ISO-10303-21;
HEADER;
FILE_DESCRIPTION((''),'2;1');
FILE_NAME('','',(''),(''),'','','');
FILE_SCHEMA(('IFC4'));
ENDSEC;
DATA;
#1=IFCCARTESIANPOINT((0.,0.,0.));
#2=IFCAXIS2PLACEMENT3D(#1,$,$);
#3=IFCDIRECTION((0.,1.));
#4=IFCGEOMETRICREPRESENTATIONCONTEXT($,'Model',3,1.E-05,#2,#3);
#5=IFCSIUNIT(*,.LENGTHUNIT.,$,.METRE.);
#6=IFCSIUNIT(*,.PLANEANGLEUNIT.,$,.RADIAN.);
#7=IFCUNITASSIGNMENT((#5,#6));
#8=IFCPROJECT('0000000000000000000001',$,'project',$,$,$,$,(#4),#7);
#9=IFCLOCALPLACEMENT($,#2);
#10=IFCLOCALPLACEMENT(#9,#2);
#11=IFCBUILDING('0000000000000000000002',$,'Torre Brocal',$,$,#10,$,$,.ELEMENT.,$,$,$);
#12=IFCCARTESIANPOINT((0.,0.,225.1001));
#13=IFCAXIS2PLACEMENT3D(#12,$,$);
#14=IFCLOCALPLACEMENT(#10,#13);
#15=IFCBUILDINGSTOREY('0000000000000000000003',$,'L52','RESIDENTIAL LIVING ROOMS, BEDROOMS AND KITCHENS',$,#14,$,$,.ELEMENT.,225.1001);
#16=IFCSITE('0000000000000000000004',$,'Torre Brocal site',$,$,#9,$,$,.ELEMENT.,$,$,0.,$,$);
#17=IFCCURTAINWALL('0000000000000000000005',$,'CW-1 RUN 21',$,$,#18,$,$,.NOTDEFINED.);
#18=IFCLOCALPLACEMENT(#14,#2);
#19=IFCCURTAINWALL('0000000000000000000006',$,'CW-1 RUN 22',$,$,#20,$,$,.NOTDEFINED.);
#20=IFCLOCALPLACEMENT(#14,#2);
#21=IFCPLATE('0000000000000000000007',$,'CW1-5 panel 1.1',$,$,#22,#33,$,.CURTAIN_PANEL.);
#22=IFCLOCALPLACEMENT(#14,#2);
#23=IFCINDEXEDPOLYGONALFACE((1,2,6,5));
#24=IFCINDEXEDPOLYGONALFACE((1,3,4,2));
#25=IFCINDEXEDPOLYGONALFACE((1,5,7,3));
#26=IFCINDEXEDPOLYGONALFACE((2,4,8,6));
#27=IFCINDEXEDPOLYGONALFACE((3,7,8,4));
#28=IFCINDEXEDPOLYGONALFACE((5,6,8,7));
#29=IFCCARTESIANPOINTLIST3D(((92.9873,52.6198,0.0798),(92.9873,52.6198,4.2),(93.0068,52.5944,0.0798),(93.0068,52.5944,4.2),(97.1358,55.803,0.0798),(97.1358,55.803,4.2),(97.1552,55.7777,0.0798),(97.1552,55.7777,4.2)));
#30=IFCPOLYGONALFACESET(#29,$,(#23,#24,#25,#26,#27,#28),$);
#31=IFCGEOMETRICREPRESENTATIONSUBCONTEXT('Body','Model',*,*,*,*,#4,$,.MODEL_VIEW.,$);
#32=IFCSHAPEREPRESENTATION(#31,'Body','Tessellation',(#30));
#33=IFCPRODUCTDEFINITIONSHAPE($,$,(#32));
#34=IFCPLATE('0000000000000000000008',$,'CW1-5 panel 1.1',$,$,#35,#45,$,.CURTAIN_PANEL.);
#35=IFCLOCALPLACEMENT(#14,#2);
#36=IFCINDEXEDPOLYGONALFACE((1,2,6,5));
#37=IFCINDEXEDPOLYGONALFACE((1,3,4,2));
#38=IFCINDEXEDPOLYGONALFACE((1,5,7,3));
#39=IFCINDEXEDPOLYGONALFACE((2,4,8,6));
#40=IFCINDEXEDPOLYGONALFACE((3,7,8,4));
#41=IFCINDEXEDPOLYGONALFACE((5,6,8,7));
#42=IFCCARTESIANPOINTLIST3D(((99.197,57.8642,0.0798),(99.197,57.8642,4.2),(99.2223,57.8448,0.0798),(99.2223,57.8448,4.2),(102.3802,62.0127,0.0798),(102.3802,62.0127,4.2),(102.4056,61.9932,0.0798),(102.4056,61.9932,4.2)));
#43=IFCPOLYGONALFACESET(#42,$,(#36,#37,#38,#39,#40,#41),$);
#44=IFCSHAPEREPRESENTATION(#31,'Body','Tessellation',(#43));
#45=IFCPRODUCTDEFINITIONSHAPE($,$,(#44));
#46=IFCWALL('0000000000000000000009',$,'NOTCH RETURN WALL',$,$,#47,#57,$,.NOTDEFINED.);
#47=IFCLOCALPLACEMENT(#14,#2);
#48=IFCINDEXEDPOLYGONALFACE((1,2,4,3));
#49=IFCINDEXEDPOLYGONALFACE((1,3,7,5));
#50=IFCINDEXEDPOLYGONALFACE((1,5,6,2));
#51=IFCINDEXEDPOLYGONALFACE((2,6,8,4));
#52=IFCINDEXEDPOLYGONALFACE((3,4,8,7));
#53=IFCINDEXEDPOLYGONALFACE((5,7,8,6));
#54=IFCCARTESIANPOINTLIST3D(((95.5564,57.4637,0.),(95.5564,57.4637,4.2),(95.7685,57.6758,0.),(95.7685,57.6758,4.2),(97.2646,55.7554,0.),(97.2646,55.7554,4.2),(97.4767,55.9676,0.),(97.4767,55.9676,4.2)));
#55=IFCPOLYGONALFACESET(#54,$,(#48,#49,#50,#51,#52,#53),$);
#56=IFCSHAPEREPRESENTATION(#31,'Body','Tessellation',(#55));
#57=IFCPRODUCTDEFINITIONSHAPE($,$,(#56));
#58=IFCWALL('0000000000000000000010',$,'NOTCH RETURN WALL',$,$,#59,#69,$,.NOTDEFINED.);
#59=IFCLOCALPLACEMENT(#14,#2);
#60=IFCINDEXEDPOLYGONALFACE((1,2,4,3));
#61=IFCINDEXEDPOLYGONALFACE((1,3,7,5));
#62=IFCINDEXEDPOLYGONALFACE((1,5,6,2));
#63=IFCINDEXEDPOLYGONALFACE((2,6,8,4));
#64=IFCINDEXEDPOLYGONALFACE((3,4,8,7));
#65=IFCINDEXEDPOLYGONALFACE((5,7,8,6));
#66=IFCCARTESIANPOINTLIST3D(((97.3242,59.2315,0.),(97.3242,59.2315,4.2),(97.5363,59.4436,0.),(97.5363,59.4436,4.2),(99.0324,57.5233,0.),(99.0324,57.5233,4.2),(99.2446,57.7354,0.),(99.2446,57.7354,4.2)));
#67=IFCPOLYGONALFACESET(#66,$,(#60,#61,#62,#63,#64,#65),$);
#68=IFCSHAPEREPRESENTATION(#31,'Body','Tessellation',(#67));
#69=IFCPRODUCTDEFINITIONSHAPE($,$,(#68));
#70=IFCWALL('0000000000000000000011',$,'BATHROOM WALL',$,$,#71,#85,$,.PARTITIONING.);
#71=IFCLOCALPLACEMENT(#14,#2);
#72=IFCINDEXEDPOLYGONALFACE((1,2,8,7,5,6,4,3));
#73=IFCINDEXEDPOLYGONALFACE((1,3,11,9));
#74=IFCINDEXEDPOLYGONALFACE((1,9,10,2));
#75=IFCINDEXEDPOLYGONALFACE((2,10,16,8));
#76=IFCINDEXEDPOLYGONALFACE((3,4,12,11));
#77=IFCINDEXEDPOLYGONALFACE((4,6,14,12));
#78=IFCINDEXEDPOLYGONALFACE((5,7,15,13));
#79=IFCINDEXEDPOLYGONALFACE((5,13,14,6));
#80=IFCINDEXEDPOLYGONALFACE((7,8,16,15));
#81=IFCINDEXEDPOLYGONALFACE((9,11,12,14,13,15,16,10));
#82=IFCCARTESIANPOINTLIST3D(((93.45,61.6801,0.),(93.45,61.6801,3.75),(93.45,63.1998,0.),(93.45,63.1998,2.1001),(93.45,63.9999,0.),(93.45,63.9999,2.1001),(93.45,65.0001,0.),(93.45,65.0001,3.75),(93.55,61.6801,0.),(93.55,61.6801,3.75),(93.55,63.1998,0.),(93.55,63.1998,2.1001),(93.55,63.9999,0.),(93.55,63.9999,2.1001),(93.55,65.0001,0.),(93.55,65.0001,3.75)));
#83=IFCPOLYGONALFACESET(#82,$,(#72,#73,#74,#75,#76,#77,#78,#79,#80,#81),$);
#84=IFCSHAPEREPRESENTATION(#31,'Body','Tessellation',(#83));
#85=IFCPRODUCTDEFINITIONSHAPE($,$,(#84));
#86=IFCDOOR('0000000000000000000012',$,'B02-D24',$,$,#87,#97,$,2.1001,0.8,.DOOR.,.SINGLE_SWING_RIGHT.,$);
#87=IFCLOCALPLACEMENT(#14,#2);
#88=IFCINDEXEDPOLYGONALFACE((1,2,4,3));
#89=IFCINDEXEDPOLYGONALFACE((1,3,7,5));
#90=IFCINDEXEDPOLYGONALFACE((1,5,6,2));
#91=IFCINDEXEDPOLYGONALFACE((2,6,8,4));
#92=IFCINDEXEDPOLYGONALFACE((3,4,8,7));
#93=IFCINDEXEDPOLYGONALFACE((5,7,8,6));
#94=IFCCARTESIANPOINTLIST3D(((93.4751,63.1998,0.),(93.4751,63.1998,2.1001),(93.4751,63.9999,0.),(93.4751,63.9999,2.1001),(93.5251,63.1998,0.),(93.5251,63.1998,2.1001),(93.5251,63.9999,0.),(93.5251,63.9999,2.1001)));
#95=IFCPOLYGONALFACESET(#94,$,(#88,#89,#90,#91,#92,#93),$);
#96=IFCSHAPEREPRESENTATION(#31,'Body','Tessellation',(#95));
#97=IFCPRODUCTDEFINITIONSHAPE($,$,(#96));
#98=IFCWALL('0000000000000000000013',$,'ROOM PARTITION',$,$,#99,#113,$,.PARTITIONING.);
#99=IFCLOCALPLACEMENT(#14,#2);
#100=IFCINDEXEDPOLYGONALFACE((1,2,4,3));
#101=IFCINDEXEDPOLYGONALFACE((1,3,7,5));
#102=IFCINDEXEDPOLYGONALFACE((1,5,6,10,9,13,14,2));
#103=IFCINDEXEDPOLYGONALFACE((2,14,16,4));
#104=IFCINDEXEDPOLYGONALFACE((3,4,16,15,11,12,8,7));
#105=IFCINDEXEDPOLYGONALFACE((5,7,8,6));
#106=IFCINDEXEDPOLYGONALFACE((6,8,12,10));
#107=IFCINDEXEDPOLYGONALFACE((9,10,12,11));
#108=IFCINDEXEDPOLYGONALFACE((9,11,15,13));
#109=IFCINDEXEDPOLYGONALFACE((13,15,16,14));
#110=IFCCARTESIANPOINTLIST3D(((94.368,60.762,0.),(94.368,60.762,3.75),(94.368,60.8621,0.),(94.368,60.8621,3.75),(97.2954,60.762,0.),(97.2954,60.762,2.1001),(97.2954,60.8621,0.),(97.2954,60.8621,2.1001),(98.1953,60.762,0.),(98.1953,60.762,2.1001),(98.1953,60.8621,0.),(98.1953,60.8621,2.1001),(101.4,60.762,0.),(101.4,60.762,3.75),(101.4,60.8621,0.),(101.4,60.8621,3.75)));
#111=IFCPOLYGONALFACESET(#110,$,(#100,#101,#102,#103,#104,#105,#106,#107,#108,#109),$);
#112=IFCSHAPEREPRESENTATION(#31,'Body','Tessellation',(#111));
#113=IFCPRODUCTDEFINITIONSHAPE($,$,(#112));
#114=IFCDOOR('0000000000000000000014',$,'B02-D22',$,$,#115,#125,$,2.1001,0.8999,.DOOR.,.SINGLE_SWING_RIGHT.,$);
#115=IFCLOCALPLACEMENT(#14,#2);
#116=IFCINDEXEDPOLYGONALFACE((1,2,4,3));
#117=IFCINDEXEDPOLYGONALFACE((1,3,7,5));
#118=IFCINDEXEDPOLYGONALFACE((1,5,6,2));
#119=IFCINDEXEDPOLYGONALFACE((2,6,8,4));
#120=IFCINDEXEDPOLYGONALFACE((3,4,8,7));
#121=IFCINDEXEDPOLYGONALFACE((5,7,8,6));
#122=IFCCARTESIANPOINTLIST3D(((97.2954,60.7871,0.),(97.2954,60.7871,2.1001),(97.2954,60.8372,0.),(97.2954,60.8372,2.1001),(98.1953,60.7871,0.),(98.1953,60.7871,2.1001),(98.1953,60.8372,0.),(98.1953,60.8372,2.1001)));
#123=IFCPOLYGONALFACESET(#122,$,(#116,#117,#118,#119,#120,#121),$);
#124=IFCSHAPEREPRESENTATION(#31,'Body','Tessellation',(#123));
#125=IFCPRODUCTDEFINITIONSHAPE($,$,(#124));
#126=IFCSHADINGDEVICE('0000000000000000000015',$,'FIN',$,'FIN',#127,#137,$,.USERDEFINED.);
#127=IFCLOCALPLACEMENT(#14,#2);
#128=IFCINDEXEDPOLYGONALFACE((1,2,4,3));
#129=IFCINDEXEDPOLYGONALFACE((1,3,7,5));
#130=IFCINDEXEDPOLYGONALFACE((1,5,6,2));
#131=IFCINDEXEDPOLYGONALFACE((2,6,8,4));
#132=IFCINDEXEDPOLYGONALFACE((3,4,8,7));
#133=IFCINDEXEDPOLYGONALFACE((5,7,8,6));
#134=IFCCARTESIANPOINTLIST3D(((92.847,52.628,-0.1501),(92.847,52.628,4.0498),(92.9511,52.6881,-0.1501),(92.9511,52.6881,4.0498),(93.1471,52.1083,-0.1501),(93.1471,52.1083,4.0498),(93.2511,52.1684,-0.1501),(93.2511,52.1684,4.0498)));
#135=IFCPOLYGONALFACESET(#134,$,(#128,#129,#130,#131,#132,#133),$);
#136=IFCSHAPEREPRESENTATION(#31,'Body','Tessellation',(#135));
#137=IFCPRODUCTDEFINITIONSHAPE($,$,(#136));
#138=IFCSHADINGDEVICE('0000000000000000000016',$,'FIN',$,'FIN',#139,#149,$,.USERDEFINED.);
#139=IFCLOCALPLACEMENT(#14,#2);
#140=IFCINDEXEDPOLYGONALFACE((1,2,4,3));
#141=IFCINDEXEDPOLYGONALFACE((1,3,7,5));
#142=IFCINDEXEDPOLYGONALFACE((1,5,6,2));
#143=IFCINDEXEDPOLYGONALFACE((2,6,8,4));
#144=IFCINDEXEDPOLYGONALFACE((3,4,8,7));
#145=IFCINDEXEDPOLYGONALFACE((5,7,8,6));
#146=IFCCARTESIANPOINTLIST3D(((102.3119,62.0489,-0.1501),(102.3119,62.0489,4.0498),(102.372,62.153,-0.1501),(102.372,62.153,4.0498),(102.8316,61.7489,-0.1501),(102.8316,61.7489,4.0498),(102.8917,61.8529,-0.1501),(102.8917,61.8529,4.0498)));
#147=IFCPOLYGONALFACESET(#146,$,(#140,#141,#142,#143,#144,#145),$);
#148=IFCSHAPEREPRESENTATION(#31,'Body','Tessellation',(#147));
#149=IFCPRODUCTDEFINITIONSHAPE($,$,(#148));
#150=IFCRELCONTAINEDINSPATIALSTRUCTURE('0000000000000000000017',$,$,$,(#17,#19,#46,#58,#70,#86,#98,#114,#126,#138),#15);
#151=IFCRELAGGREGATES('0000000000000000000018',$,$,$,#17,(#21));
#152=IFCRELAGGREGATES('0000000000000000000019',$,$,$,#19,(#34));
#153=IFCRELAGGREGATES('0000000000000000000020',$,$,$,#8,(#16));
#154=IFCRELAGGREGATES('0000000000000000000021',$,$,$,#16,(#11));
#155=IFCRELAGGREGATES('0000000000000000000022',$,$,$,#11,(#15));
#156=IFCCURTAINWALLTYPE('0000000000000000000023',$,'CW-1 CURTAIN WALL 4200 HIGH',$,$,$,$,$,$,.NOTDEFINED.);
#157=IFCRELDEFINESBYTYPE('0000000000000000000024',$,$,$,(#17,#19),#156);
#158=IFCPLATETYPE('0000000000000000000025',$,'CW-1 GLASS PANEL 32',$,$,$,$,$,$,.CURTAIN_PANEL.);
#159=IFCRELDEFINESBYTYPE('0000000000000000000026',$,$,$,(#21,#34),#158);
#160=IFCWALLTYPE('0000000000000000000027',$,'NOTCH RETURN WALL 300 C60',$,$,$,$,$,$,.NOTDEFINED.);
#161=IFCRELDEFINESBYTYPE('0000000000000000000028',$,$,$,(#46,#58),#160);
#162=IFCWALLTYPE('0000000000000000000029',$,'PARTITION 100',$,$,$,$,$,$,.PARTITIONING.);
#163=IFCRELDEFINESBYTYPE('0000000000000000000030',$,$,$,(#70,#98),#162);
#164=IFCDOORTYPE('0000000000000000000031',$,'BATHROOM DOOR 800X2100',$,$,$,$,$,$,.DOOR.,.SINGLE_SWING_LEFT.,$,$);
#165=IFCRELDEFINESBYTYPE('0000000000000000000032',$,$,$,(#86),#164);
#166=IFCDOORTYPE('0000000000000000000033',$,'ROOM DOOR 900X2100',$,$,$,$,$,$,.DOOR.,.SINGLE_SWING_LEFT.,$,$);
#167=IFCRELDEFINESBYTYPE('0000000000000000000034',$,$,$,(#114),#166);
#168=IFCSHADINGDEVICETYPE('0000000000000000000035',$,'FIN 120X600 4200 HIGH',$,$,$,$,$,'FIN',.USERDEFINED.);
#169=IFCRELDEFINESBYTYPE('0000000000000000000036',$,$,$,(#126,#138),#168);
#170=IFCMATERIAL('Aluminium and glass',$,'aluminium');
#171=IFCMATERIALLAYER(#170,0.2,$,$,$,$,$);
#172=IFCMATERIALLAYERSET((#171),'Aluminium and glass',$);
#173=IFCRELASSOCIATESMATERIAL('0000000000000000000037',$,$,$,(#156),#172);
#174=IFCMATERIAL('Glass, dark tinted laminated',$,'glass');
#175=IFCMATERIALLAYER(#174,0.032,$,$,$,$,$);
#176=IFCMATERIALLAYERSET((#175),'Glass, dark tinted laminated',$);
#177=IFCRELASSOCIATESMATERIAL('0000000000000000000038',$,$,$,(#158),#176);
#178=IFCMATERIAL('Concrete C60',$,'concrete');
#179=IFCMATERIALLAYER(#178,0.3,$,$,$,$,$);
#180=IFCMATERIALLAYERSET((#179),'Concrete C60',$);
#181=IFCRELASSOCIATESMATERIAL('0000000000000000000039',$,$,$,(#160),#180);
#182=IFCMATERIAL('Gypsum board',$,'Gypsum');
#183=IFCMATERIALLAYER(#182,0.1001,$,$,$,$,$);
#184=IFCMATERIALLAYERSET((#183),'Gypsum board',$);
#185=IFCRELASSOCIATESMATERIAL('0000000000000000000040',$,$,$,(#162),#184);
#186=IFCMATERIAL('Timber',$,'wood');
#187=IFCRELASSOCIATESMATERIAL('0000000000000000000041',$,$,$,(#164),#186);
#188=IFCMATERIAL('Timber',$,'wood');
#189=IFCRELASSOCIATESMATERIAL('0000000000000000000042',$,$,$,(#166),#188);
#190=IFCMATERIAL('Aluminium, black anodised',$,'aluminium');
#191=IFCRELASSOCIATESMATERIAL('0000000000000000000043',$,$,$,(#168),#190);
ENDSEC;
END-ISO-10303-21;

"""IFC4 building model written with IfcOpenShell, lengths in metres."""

from ifc_helpers import new_model, si_unit, direction, frame, frame_2d, origin, origin_2d, place, context, subcontext, project, spatial, rectangle, extrude, material, layer, layer_set, material_profile, profile_set, type_object, element, fill, aggregate, save


model = new_model("IFC4")

# Units and contexts
model_context = context("Model", 3, precision=1e-05, world=origin(), true_north=direction((0.0, 1.0)))
body_context = subcontext(model_context, "Body", "Model", "MODEL_VIEW")
ifc_project = project(units=[si_unit("LENGTHUNIT", "METRE"), si_unit("PLANEANGLEUNIT", "RADIAN")], contexts=[model_context])

# Site, building, storey
site_placement = place(None, origin())
site = spatial("IfcSite", under=ifc_project, at=site_placement, Name="Torre Brocal site", CompositionType="ELEMENT", RefElevation=0.0)
building_placement = place(site_placement, origin())
building = spatial("IfcBuilding", under=site, at=building_placement, Name="Torre Brocal", CompositionType="ELEMENT")
storey_placement = place(building_placement, frame((0.0, 0.0, 225.1001)))
storey = spatial("IfcBuildingStorey", under=building, at=storey_placement, Name="L52", Description="RESIDENTIAL LIVING ROOMS, BEDROOMS AND KITCHENS", CompositionType="ELEMENT", Elevation=225.1001)

# Shared definitions
ifc_material_1 = material(Name="Aluminium and glass", Category="aluminium")
ifc_layer_1 = layer(ifc_material_1, 0.2)
ifc_layer_set_1 = layer_set([ifc_layer_1], Name="Aluminium and glass")
curtain_wall_type = type_object("IfcCurtainWallType", Name="CW-1 CURTAIN WALL 4200 HIGH", PredefinedType="NOTDEFINED", material=ifc_layer_set_1)

# Curtain walls
curtain_wall_1_placement = place(storey_placement, origin())
curtain_wall_1 = element("IfcCurtainWall", 1, at=curtain_wall_1_placement, inside=storey, type_object=curtain_wall_type, Name="CW-1 RUN 21", PredefinedType="NOTDEFINED")
curtain_wall_2_placement = place(storey_placement, origin())
curtain_wall_2 = element("IfcCurtainWall", 2, at=curtain_wall_2_placement, inside=storey, type_object=curtain_wall_type, Name="CW-1 RUN 22", PredefinedType="NOTDEFINED")

# Plates
ifc_material_2 = material(Name="Glass, dark tinted laminated", Category="glass")
ifc_layer_2 = layer(ifc_material_2, 0.032)
ifc_layer_set_2 = layer_set([ifc_layer_2], Name="Glass, dark tinted laminated")
plate_type = type_object("IfcPlateType", Name="CW-1 GLASS PANEL 32", PredefinedType="CURTAIN_PANEL", material=ifc_layer_set_2)
plate_1_placement = place(storey_placement, frame((95.0713, 54.1987, 0.0798), z_axis=(0.0, 0.0, 1.0), x_axis=(0.793353, 0.608761, 0.0)))
plate_1 = element("IfcPlate", 3, at=plate_1_placement, type_object=plate_type, Name="CW1-5 panel 1.1", PredefinedType="CURTAIN_PANEL", context=body_context, shape_type="SweptSolid", body=[
    extrude(rectangle(XDim=5.229, YDim=0.032, at=origin_2d()), origin(), (0.0, 0.0, 1.0), 4.1201),
])
aggregate(curtain_wall_1, [plate_1])
plate_2_placement = place(storey_placement, frame((100.8013, 59.9287, 0.0798), z_axis=(0.0, 0.0, 1.0), x_axis=(0.608761, 0.793353, 0.0)))
plate_2 = element("IfcPlate", 4, at=plate_2_placement, type_object=plate_type, Name="CW1-5 panel 1.1", PredefinedType="CURTAIN_PANEL", context=body_context, shape_type="SweptSolid", body=[
    extrude(rectangle(XDim=5.229, YDim=0.032, at=origin_2d()), origin(), (0.0, 0.0, 1.0), 4.1201),
])
aggregate(curtain_wall_2, [plate_2])

# Walls
ifc_material_3 = material(Name="Concrete C60", Category="concrete")
ifc_layer_3 = layer(ifc_material_3, 0.3)
ifc_layer_set_3 = layer_set([ifc_layer_3], Name="Concrete C60")
wall_type_1 = type_object("IfcWallType", Name="NOTCH RETURN WALL 300 C60", PredefinedType="NOTDEFINED", material=ifc_layer_set_3)
for number, where, z_axis, x_axis, name in (
    (5, (95.6624, 57.5698, 0.0), (0.0, 0.0, 1.0), (0.707107, -0.707107, 0.0), "NOTCH RETURN WALL"),
    (6, (97.4302, 59.3376, 0.0), (0.0, 0.0, 1.0), (0.707107, -0.707107, 0.0), "NOTCH RETURN WALL"),
):
    element("IfcWall", number, at=place(storey_placement, frame(where, z_axis=z_axis, x_axis=x_axis)), inside=storey, type_object=wall_type_1, Name=name, PredefinedType="NOTDEFINED", context=body_context, shape_type="SweptSolid", body=[
        extrude(rectangle(XDim=2.4158, YDim=0.3, at=frame_2d((1.208, 0.0))), origin(), (0.0, 0.0, 1.0), 4.2),
    ])

# Walls, openings, doors
ifc_material_4 = material(Name="Gypsum board", Category="Gypsum")
ifc_layer_4 = layer(ifc_material_4, 0.1001)
ifc_layer_set_4 = layer_set([ifc_layer_4], Name="Gypsum board")
wall_type_2 = type_object("IfcWallType", Name="PARTITION 100", PredefinedType="PARTITIONING", material=ifc_layer_set_4)
wall_1_placement = place(storey_placement, frame((93.5, 61.6799, 0.0), z_axis=(0.0, 0.0, 1.0), x_axis=(0.0, 1.0, 0.0)))
wall_1 = element("IfcWall", 7, at=wall_1_placement, inside=storey, type_object=wall_type_2, Name="BATHROOM WALL", PredefinedType="PARTITIONING", context=body_context, shape_type="SweptSolid", body=[
    extrude(rectangle(XDim=3.3201, YDim=0.1001, at=frame_2d((1.6602, 0.0))), origin(), (0.0, 0.0, 1.0), 3.75),
])
opening_1_placement = place(wall_1_placement, frame((1.52, 0.0, 0.0)))
opening_1 = element("IfcOpeningElement", 8, at=opening_1_placement, cuts=wall_1, PredefinedType="OPENING", context=body_context, shape_type="SweptSolid", body=[
    extrude(rectangle(XDim=0.8, YDim=2.1001, at=frame_2d((0.3999, 1.05))), frame((0.0, 0.0601, 0.0), z_axis=(0.0, -1.0, 0.0), x_axis=(1.0, 0.0, 0.0)), (0.0, 0.0, 1.0), 0.1201),
])
ifc_material_5 = material(Name="Timber", Category="wood")
door_type_1 = type_object("IfcDoorType", Name="BATHROOM DOOR 800X2100", OperationType="SINGLE_SWING_LEFT", PredefinedType="DOOR", material=ifc_material_5)
door_1_placement = place(opening_1_placement, origin())
door_1 = element("IfcDoor", 9, at=door_1_placement, inside=storey, type_object=door_type_1, Name="B02-D24", OperationType="SINGLE_SWING_RIGHT", OverallHeight=2.1001, OverallWidth=0.8, PredefinedType="DOOR", context=body_context, shape_type="SweptSolid", body=[
    extrude(rectangle(XDim=0.8, YDim=2.1001, at=frame_2d((0.3999, 1.05))), frame((0.0, 0.0249, 0.0), z_axis=(0.0, -1.0, 0.0), x_axis=(1.0, 0.0, 0.0)), (0.0, 0.0, 1.0), 0.05),
])
fill(opening_1, door_1)
wall_2_placement = place(storey_placement, frame((94.3679, 60.812, 0.0), z_axis=(0.0, 0.0, 1.0), x_axis=(1.0, 0.0, 0.0)))
wall_2 = element("IfcWall", 10, at=wall_2_placement, inside=storey, type_object=wall_type_2, Name="ROOM PARTITION", PredefinedType="PARTITIONING", context=body_context, shape_type="SweptSolid", body=[
    extrude(rectangle(XDim=7.032, YDim=0.1001, at=frame_2d((3.5161, 0.0))), origin(), (0.0, 0.0, 1.0), 3.75),
])
opening_2_placement = place(wall_2_placement, frame((2.9275, 0.0, 0.0)))
opening_2 = element("IfcOpeningElement", 11, at=opening_2_placement, cuts=wall_2, PredefinedType="OPENING", context=body_context, shape_type="SweptSolid", body=[
    extrude(rectangle(XDim=0.8999, YDim=2.1001, at=frame_2d((0.45, 1.05))), frame((0.0, 0.0601, 0.0), z_axis=(0.0, -1.0, 0.0), x_axis=(1.0, 0.0, 0.0)), (0.0, 0.0, 1.0), 0.1201),
])
ifc_material_6 = material(Name="Timber", Category="wood")
door_type_2 = type_object("IfcDoorType", Name="ROOM DOOR 900X2100", OperationType="SINGLE_SWING_LEFT", PredefinedType="DOOR", material=ifc_material_6)
door_2_placement = place(opening_2_placement, frame((0.8999, 0.0, 0.0), z_axis=(0.0, 0.0, 1.0), x_axis=(-1.0, 0.0, 0.0)))
door_2 = element("IfcDoor", 12, at=door_2_placement, inside=storey, type_object=door_type_2, Name="B02-D22", OperationType="SINGLE_SWING_RIGHT", OverallHeight=2.1001, OverallWidth=0.8999, PredefinedType="DOOR", context=body_context, shape_type="SweptSolid", body=[
    extrude(rectangle(XDim=0.8999, YDim=2.1001, at=frame_2d((0.45, 1.05))), frame((0.0, 0.0249, 0.0), z_axis=(0.0, -1.0, 0.0), x_axis=(1.0, 0.0, 0.0)), (0.0, 0.0, 1.0), 0.05),
])
fill(opening_2, door_2)

# Shading devices
ifc_material_7 = material(Name="Aluminium, black anodised", Category="aluminium")
ifc_material_profile_1 = material_profile(ifc_material_7, rectangle(XDim=0.1201, YDim=0.6001, at=origin_2d()), Name="FIN 120X600 4200 HIGH")
ifc_profile_set_1 = profile_set([ifc_material_profile_1], Name="Aluminium, black anodised")
shading_device_type = type_object("IfcShadingDeviceType", Name="FIN 120X600 4200 HIGH", ElementType="FIN", PredefinedType="USERDEFINED", material=ifc_profile_set_1)
for number, where, z_axis, x_axis, name in (
    (13, (93.0491, 52.3982, -0.1501), (0.0, 0.0, 1.0), (0.866025, 0.5, 0.0), "FIN"),
    (14, (102.6018, 61.9509, -0.1501), (0.0, 0.0, 1.0), (0.5, 0.866025, 0.0), "FIN"),
):
    element("IfcShadingDevice", number, at=place(storey_placement, frame(where, z_axis=z_axis, x_axis=x_axis)), inside=storey, type_object=shading_device_type, Name=name, ObjectType="FIN", PredefinedType="USERDEFINED", context=body_context, shape_type="SweptSolid", body=[
        extrude(rectangle(XDim=0.1201, YDim=0.6001, at=origin_2d()), origin(), (0.0, 0.0, 1.0), 4.2),
    ])

save(model, "model.ifc")
